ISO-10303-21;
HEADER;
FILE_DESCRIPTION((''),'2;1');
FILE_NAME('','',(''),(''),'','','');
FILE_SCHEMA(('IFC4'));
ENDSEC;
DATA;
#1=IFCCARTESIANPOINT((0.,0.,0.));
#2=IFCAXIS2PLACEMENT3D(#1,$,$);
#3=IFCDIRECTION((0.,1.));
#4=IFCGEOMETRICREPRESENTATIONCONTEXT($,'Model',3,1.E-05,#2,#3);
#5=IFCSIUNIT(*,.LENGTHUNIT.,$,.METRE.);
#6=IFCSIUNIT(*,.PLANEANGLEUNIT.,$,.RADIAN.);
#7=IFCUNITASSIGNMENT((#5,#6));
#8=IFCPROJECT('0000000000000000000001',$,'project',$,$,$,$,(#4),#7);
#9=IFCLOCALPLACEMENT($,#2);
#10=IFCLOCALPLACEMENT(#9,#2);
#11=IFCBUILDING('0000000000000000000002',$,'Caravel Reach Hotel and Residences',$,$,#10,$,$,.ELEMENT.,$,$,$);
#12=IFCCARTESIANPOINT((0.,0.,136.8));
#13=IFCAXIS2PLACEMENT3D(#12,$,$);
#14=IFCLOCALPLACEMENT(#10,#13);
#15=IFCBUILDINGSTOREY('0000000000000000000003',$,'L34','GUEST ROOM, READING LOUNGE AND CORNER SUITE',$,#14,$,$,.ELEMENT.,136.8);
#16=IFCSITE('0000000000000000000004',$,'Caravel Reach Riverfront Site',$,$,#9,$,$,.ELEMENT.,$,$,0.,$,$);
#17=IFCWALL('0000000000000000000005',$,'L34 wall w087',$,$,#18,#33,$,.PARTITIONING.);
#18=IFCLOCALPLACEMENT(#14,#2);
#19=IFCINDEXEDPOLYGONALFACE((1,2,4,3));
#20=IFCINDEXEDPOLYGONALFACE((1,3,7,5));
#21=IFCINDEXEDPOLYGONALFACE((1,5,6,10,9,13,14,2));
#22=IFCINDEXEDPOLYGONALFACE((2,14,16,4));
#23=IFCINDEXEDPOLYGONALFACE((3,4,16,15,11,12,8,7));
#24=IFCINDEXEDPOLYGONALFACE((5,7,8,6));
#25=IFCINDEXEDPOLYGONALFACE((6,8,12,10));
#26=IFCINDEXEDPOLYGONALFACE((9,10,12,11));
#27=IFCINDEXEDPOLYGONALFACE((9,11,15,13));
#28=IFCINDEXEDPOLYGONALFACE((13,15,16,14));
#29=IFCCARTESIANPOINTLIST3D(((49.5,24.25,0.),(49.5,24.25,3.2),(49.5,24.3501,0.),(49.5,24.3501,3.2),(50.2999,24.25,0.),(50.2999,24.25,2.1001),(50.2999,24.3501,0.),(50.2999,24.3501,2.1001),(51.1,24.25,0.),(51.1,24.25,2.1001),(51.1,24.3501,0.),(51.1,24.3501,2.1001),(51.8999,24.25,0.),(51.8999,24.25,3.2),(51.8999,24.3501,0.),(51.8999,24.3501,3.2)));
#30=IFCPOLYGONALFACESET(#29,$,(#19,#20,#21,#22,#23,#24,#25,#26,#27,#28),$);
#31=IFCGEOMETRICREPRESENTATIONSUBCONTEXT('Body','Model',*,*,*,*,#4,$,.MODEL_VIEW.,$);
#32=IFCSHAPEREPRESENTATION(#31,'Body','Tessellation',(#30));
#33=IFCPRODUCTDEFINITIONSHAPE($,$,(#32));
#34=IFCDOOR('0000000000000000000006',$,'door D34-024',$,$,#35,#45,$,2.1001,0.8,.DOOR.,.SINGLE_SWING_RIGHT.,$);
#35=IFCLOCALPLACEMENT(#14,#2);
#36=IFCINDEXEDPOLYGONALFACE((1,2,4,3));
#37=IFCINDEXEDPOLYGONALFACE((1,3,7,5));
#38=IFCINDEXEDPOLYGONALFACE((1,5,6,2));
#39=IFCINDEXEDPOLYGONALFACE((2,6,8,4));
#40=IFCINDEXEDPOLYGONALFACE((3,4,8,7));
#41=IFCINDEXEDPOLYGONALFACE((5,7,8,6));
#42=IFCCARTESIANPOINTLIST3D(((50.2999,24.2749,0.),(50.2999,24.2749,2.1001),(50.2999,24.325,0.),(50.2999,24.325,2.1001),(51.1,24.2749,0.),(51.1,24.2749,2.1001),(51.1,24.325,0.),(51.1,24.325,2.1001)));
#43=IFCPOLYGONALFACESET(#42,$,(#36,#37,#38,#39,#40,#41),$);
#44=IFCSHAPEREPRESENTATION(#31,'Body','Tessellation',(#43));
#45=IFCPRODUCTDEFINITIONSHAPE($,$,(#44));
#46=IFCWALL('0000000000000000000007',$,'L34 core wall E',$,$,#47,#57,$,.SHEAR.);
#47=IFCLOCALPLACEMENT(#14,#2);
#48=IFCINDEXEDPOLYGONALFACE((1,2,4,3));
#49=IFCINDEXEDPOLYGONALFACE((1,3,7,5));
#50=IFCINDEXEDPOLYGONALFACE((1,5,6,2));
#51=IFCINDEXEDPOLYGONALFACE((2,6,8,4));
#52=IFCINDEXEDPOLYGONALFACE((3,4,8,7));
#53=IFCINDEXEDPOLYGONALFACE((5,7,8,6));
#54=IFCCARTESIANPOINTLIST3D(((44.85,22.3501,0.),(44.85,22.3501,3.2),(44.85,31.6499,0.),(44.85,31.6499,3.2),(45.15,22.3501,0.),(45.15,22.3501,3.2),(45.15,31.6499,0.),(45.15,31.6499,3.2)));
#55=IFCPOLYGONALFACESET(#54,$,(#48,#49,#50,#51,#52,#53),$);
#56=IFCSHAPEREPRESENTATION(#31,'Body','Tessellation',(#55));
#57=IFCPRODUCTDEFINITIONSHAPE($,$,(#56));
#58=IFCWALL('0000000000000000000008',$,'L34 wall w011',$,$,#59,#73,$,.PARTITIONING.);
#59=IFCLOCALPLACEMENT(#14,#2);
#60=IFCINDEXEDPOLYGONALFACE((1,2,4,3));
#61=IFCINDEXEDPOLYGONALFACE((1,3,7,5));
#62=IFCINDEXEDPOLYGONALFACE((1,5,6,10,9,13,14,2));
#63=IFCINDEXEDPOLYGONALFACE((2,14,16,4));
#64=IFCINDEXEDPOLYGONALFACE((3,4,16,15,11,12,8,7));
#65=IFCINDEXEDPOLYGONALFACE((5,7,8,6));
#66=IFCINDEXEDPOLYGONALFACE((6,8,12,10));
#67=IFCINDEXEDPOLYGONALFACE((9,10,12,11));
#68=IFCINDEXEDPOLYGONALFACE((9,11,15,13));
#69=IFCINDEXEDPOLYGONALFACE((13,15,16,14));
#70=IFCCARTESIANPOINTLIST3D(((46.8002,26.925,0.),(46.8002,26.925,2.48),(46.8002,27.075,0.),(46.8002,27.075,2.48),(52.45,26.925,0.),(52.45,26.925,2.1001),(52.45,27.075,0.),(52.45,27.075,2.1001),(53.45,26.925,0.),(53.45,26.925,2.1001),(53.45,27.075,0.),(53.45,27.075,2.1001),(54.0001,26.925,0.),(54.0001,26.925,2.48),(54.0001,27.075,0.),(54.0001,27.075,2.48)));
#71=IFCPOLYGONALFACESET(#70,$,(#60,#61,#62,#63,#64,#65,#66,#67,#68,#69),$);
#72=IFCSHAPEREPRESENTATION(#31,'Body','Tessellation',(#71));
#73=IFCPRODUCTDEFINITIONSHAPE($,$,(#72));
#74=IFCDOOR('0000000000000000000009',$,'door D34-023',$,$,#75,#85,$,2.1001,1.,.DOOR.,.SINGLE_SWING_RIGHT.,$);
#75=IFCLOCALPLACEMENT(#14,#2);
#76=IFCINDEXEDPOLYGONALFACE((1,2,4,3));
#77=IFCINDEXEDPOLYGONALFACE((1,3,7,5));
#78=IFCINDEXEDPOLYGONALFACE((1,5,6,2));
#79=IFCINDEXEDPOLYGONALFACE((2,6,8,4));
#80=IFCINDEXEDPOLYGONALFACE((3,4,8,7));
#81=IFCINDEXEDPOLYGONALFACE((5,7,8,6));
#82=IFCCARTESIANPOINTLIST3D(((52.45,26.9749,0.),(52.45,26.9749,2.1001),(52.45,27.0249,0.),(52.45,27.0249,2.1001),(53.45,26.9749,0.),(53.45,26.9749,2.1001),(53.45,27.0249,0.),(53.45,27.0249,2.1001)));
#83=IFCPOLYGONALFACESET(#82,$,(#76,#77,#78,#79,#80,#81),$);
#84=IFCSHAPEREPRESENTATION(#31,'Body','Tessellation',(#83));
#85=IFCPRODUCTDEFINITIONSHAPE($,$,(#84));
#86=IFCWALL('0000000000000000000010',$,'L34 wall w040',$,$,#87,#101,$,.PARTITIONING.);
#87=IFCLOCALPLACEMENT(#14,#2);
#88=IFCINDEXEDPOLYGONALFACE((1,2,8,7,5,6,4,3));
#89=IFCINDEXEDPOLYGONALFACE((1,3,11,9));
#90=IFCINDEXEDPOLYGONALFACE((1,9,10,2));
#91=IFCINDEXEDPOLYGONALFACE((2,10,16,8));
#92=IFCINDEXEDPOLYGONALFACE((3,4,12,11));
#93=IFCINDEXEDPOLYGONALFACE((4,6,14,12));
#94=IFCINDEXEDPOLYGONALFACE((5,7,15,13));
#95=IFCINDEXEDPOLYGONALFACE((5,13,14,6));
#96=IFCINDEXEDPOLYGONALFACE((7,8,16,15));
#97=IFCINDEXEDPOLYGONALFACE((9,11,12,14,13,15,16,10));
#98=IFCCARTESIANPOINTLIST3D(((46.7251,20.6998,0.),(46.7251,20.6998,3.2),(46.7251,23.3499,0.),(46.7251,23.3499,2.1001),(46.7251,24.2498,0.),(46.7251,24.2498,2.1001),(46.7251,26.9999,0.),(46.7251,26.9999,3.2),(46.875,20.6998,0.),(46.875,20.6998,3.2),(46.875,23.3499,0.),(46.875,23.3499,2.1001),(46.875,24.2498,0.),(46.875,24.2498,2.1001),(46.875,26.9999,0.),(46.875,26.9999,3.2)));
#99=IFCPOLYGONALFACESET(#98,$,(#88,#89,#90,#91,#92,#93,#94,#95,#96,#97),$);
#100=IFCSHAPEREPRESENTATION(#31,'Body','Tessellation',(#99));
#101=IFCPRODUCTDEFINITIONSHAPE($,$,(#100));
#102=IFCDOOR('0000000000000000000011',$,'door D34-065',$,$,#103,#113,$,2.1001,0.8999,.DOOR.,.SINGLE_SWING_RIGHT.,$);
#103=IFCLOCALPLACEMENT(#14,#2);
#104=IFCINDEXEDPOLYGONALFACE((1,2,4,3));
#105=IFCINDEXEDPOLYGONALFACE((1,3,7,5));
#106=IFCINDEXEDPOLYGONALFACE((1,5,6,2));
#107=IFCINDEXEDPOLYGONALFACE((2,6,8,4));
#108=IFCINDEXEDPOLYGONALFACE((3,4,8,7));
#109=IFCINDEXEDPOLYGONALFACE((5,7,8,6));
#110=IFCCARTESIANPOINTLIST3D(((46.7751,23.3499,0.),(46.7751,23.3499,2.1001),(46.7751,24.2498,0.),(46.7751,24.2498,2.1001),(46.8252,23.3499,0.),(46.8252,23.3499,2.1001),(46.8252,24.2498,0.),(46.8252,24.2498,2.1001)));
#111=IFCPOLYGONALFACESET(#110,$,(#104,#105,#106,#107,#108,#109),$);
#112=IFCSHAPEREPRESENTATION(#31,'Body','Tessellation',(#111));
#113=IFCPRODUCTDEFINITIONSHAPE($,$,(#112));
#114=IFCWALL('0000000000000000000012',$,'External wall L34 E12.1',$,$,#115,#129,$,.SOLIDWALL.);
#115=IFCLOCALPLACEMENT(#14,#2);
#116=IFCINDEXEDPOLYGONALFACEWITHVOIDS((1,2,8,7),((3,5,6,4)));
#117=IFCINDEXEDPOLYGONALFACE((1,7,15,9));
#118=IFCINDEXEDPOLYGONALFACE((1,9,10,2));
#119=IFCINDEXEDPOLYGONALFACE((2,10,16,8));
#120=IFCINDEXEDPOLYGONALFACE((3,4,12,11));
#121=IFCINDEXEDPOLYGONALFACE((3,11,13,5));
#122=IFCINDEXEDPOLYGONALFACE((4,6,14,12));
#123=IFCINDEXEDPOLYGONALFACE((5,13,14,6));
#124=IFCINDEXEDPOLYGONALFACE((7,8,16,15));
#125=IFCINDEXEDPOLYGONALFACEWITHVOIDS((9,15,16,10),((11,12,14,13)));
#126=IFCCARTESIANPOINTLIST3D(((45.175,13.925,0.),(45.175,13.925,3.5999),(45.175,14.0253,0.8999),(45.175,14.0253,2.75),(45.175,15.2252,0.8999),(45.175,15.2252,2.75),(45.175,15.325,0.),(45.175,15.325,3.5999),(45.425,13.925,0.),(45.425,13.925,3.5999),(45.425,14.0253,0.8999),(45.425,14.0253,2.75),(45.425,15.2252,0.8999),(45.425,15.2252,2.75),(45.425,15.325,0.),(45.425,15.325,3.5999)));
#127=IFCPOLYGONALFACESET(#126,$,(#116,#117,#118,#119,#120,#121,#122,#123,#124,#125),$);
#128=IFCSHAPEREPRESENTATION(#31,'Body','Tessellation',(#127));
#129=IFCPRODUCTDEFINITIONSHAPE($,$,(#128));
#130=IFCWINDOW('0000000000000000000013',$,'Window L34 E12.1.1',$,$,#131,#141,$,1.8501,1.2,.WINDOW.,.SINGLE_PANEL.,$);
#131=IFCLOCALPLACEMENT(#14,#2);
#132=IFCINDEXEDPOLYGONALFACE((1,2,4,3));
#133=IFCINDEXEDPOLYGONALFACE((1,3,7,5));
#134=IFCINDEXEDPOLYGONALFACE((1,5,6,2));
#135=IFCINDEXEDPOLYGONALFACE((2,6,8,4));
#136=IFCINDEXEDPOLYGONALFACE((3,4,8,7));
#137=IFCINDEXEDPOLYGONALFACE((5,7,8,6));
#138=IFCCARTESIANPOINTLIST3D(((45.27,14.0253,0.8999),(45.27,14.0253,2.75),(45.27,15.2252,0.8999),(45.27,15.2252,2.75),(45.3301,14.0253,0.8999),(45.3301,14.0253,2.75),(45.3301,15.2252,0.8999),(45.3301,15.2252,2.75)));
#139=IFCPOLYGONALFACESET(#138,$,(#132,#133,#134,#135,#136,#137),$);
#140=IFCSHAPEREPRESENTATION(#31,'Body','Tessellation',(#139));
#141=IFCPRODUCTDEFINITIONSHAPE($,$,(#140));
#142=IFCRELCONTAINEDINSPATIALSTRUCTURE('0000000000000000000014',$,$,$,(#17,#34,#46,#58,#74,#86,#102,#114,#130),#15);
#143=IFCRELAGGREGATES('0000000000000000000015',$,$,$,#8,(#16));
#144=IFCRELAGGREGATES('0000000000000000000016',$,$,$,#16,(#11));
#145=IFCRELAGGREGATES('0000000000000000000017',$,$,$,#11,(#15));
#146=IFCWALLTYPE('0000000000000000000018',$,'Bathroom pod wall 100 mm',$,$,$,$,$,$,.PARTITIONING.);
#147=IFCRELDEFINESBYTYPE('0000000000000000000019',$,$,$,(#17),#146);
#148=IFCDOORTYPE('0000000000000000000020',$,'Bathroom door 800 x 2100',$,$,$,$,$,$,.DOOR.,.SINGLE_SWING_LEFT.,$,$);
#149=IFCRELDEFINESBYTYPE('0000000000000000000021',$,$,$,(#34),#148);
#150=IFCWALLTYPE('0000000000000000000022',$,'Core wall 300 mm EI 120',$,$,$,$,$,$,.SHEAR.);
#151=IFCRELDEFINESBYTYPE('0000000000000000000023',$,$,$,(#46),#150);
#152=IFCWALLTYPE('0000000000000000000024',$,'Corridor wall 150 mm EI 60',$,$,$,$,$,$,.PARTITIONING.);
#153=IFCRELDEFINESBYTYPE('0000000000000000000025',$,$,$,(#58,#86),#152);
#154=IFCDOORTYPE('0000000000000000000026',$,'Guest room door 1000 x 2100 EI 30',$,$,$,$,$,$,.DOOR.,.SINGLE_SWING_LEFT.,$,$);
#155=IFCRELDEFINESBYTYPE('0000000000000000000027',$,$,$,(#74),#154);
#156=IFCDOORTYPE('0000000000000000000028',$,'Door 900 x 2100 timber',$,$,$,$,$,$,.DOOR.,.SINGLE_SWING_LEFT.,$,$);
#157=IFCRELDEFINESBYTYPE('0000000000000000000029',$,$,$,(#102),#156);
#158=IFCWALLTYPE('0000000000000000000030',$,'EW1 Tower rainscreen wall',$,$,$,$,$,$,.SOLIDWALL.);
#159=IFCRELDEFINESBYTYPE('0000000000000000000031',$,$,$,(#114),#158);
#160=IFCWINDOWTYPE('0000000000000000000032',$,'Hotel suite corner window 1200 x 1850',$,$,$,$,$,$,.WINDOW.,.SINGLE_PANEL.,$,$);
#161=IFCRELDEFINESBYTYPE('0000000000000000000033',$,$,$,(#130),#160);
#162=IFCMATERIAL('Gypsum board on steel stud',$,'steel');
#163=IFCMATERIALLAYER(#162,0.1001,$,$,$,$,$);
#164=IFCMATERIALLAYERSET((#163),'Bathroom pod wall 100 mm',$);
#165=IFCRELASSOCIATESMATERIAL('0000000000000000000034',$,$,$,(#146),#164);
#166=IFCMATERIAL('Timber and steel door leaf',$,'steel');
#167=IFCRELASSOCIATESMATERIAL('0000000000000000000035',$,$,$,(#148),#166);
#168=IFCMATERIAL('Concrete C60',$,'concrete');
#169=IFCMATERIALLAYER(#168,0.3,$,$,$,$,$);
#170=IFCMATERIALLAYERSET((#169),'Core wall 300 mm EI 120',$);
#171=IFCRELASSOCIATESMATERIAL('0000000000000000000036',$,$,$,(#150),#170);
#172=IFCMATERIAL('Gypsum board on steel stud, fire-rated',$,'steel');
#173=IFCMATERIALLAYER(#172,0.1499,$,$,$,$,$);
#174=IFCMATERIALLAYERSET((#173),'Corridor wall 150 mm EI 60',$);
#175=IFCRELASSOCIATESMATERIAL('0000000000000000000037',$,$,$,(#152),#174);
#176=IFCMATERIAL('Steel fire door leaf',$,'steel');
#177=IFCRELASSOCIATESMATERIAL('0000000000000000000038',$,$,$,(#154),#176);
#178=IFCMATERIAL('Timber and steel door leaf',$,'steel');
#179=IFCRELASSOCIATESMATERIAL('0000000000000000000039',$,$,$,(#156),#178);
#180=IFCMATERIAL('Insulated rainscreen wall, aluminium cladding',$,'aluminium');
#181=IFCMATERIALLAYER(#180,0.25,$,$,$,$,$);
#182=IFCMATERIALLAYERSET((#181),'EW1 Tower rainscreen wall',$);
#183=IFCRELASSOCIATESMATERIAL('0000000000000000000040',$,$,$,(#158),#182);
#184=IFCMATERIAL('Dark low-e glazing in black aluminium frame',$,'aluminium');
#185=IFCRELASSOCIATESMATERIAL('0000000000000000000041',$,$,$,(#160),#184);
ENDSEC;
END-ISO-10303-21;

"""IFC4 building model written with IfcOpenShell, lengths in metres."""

from ifc_helpers import new_model, si_unit, direction, frame, frame_2d, origin, place, context, subcontext, project, spatial, rectangle, extrude, material, layer, layer_set, type_object, element, fill, save


model = new_model("IFC4")

# Units and contexts
model_context = context("Model", 3, precision=1e-05, world=origin(), true_north=direction((0.0, 1.0)))
body_context = subcontext(model_context, "Body", "Model", "MODEL_VIEW")
ifc_project = project(units=[si_unit("LENGTHUNIT", "METRE"), si_unit("PLANEANGLEUNIT", "RADIAN")], contexts=[model_context])

# Site, building, storey
site_placement = place(None, origin())
site = spatial("IfcSite", under=ifc_project, at=site_placement, Name="Caravel Reach Riverfront Site", CompositionType="ELEMENT", RefElevation=0.0)
building_placement = place(site_placement, origin())
building = spatial("IfcBuilding", under=site, at=building_placement, Name="Caravel Reach Hotel and Residences", CompositionType="ELEMENT")
storey_placement = place(building_placement, frame((0.0, 0.0, 136.8)))
storey = spatial("IfcBuildingStorey", under=building, at=storey_placement, Name="L34", Description="GUEST ROOM, READING LOUNGE AND CORNER SUITE", CompositionType="ELEMENT", Elevation=136.8)

# Wall, opening, door
ifc_material_1 = material(Name="Gypsum board on steel stud", Category="steel")
ifc_layer_1 = layer(ifc_material_1, 0.1001)
ifc_layer_set_1 = layer_set([ifc_layer_1], Name="Bathroom pod wall 100 mm")
wall_type_1 = type_object("IfcWallType", Name="Bathroom pod wall 100 mm", PredefinedType="PARTITIONING", material=ifc_layer_set_1)
wall_1_placement = place(storey_placement, frame((49.5, 24.3, 0.0), z_axis=(0.0, 0.0, 1.0), x_axis=(1.0, 0.0, 0.0)))
wall_1 = element("IfcWall", 1, at=wall_1_placement, inside=storey, type_object=wall_type_1, Name="L34 wall w087", PredefinedType="PARTITIONING", context=body_context, shape_type="SweptSolid", body=[
    extrude(rectangle(XDim=2.3999, YDim=0.1001, at=frame_2d((1.2, 0.0))), origin(), (0.0, 0.0, 1.0), 3.2),
])
opening_1_placement = place(wall_1_placement, frame((0.8, 0.0, 0.0)))
opening_1 = element("IfcOpeningElement", 2, at=opening_1_placement, cuts=wall_1, PredefinedType="OPENING", context=body_context, shape_type="SweptSolid", body=[
    extrude(rectangle(XDim=0.8, YDim=2.1001, at=frame_2d((0.3999, 1.05))), frame((0.0, 0.0601, 0.0), z_axis=(0.0, -1.0, 0.0), x_axis=(1.0, 0.0, 0.0)), (0.0, 0.0, 1.0), 0.1201),
])
ifc_material_2 = material(Name="Timber and steel door leaf", Category="steel")
door_type_1 = type_object("IfcDoorType", Name="Bathroom door 800 x 2100", OperationType="SINGLE_SWING_LEFT", PredefinedType="DOOR", material=ifc_material_2)
door_1_placement = place(opening_1_placement, origin())
door_1 = element("IfcDoor", 3, at=door_1_placement, inside=storey, type_object=door_type_1, Name="door D34-024", OperationType="SINGLE_SWING_RIGHT", OverallHeight=2.1001, OverallWidth=0.8, PredefinedType="DOOR", context=body_context, shape_type="SweptSolid", body=[
    extrude(rectangle(XDim=0.8, YDim=2.1001, at=frame_2d((0.3999, 1.05))), frame((0.0, 0.0249, 0.0), z_axis=(0.0, -1.0, 0.0), x_axis=(1.0, 0.0, 0.0)), (0.0, 0.0, 1.0), 0.05),
])
fill(opening_1, door_1)

# Wall
ifc_material_3 = material(Name="Concrete C60", Category="concrete")
ifc_layer_2 = layer(ifc_material_3, 0.3)
ifc_layer_set_2 = layer_set([ifc_layer_2], Name="Core wall 300 mm EI 120")
wall_type_2 = type_object("IfcWallType", Name="Core wall 300 mm EI 120", PredefinedType="SHEAR", material=ifc_layer_set_2)
wall_2_placement = place(storey_placement, frame((45.0, 22.3501, 0.0), z_axis=(0.0, 0.0, 1.0), x_axis=(0.0, 1.0, 0.0)))
element("IfcWall", 4, at=wall_2_placement, inside=storey, type_object=wall_type_2, Name="L34 core wall E", PredefinedType="SHEAR", context=body_context, shape_type="SweptSolid", body=[
    extrude(rectangle(XDim=9.2998, YDim=0.3, at=frame_2d((4.6499, 0.0))), origin(), (0.0, 0.0, 1.0), 3.2),
])

# Walls, openings, doors
ifc_material_4 = material(Name="Gypsum board on steel stud, fire-rated", Category="steel")
ifc_layer_3 = layer(ifc_material_4, 0.1499)
ifc_layer_set_3 = layer_set([ifc_layer_3], Name="Corridor wall 150 mm EI 60")
wall_type_3 = type_object("IfcWallType", Name="Corridor wall 150 mm EI 60", PredefinedType="PARTITIONING", material=ifc_layer_set_3)
wall_3_placement = place(storey_placement, frame((46.8, 27.0, 0.0), z_axis=(0.0, 0.0, 1.0), x_axis=(1.0, 0.0, 0.0)))
wall_3 = element("IfcWall", 5, at=wall_3_placement, inside=storey, type_object=wall_type_3, Name="L34 wall w011", PredefinedType="PARTITIONING", context=body_context, shape_type="SweptSolid", body=[
    extrude(rectangle(XDim=7.2, YDim=0.1499, at=frame_2d((3.6001, 0.0))), origin(), (0.0, 0.0, 1.0), 2.48),
])
opening_2_placement = place(wall_3_placement, frame((5.6499, 0.0, 0.0)))
opening_2 = element("IfcOpeningElement", 6, at=opening_2_placement, cuts=wall_3, PredefinedType="OPENING", context=body_context, shape_type="SweptSolid", body=[
    extrude(rectangle(XDim=1.0, YDim=2.1001, at=frame_2d((0.5, 1.05))), frame((0.0, 0.085, 0.0), z_axis=(0.0, -1.0, 0.0), x_axis=(1.0, 0.0, 0.0)), (0.0, 0.0, 1.0), 0.1699),
])
ifc_material_5 = material(Name="Steel fire door leaf", Category="steel")
door_type_2 = type_object("IfcDoorType", Name="Guest room door 1000 x 2100 EI 30", OperationType="SINGLE_SWING_LEFT", PredefinedType="DOOR", material=ifc_material_5)
door_2_placement = place(opening_2_placement, origin())
door_2 = element("IfcDoor", 7, at=door_2_placement, inside=storey, type_object=door_type_2, Name="door D34-023", OperationType="SINGLE_SWING_RIGHT", OverallHeight=2.1001, OverallWidth=1.0, PredefinedType="DOOR", context=body_context, shape_type="SweptSolid", body=[
    extrude(rectangle(XDim=1.0, YDim=2.1001, at=frame_2d((0.5, 1.05))), frame((0.0, 0.0249, 0.0), z_axis=(0.0, -1.0, 0.0), x_axis=(1.0, 0.0, 0.0)), (0.0, 0.0, 1.0), 0.05),
])
fill(opening_2, door_2)
wall_4_placement = place(storey_placement, frame((46.8, 20.7, 0.0), z_axis=(0.0, 0.0, 1.0), x_axis=(0.0, 1.0, 0.0)))
wall_4 = element("IfcWall", 8, at=wall_4_placement, inside=storey, type_object=wall_type_3, Name="L34 wall w040", PredefinedType="PARTITIONING", context=body_context, shape_type="SweptSolid", body=[
    extrude(rectangle(XDim=6.3, YDim=0.1499, at=frame_2d((3.1499, 0.0))), origin(), (0.0, 0.0, 1.0), 3.2),
])
opening_3_placement = place(wall_4_placement, frame((2.6499, 0.0, 0.0)))
opening_3 = element("IfcOpeningElement", 9, at=opening_3_placement, cuts=wall_4, PredefinedType="OPENING", context=body_context, shape_type="SweptSolid", body=[
    extrude(rectangle(XDim=0.8999, YDim=2.1001, at=frame_2d((0.45, 1.05))), frame((0.0, 0.085, 0.0), z_axis=(0.0, -1.0, 0.0), x_axis=(1.0, 0.0, 0.0)), (0.0, 0.0, 1.0), 0.1699),
])
ifc_material_6 = material(Name="Timber and steel door leaf", Category="steel")
door_type_3 = type_object("IfcDoorType", Name="Door 900 x 2100 timber", OperationType="SINGLE_SWING_LEFT", PredefinedType="DOOR", material=ifc_material_6)
door_3_placement = place(opening_3_placement, origin())
door_3 = element("IfcDoor", 10, at=door_3_placement, inside=storey, type_object=door_type_3, Name="door D34-065", OperationType="SINGLE_SWING_RIGHT", OverallHeight=2.1001, OverallWidth=0.8999, PredefinedType="DOOR", context=body_context, shape_type="SweptSolid", body=[
    extrude(rectangle(XDim=0.8999, YDim=2.1001, at=frame_2d((0.45, 1.05))), frame((0.0, 0.0249, 0.0), z_axis=(0.0, -1.0, 0.0), x_axis=(1.0, 0.0, 0.0)), (0.0, 0.0, 1.0), 0.05),
])
fill(opening_3, door_3)

# Wall, opening, window
ifc_material_7 = material(Name="Insulated rainscreen wall, aluminium cladding", Category="aluminium")
ifc_layer_4 = layer(ifc_material_7, 0.25)
ifc_layer_set_4 = layer_set([ifc_layer_4], Name="EW1 Tower rainscreen wall")
wall_type_4 = type_object("IfcWallType", Name="EW1 Tower rainscreen wall", PredefinedType="SOLIDWALL", material=ifc_layer_set_4)
wall_5_placement = place(storey_placement, frame((45.3, 13.925, 0.0), z_axis=(0.0, 0.0, 1.0), x_axis=(0.0, 1.0, 0.0)))
wall_5 = element("IfcWall", 11, at=wall_5_placement, inside=storey, type_object=wall_type_4, Name="External wall L34 E12.1", PredefinedType="SOLIDWALL", context=body_context, shape_type="SweptSolid", body=[
    extrude(rectangle(XDim=1.3999, YDim=0.25, at=frame_2d((0.7, 0.0))), origin(), (0.0, 0.0, 1.0), 3.5999),
])
opening_4_placement = place(wall_5_placement, frame((0.1001, 0.0, 0.8999)))
opening_4 = element("IfcOpeningElement", 12, at=opening_4_placement, cuts=wall_5, PredefinedType="OPENING", context=body_context, shape_type="SweptSolid", body=[
    extrude(rectangle(XDim=1.2, YDim=1.8501, at=frame_2d((0.6001, 0.925))), frame((0.0, 0.135, 0.0), z_axis=(0.0, -1.0, 0.0), x_axis=(1.0, 0.0, 0.0)), (0.0, 0.0, 1.0), 0.27),
])
ifc_material_8 = material(Name="Dark low-e glazing in black aluminium frame", Category="aluminium")
window_type = type_object("IfcWindowType", Name="Hotel suite corner window 1200 x 1850", PartitioningType="SINGLE_PANEL", PredefinedType="WINDOW", material=ifc_material_8)
window_1_placement = place(opening_4_placement, origin())
window_1 = element("IfcWindow", 13, at=window_1_placement, inside=storey, type_object=window_type, Name="Window L34 E12.1.1", OverallHeight=1.8501, OverallWidth=1.2, PartitioningType="SINGLE_PANEL", PredefinedType="WINDOW", context=body_context, shape_type="SweptSolid", body=[
    extrude(rectangle(XDim=1.2, YDim=1.8501, at=frame_2d((0.6001, 0.925))), frame((0.0, 0.03, 0.0), z_axis=(0.0, -1.0, 0.0), x_axis=(1.0, 0.0, 0.0)), (0.0, 0.0, 1.0), 0.0601),
])
fill(opening_4, window_1)

save(model, "model.ifc")
